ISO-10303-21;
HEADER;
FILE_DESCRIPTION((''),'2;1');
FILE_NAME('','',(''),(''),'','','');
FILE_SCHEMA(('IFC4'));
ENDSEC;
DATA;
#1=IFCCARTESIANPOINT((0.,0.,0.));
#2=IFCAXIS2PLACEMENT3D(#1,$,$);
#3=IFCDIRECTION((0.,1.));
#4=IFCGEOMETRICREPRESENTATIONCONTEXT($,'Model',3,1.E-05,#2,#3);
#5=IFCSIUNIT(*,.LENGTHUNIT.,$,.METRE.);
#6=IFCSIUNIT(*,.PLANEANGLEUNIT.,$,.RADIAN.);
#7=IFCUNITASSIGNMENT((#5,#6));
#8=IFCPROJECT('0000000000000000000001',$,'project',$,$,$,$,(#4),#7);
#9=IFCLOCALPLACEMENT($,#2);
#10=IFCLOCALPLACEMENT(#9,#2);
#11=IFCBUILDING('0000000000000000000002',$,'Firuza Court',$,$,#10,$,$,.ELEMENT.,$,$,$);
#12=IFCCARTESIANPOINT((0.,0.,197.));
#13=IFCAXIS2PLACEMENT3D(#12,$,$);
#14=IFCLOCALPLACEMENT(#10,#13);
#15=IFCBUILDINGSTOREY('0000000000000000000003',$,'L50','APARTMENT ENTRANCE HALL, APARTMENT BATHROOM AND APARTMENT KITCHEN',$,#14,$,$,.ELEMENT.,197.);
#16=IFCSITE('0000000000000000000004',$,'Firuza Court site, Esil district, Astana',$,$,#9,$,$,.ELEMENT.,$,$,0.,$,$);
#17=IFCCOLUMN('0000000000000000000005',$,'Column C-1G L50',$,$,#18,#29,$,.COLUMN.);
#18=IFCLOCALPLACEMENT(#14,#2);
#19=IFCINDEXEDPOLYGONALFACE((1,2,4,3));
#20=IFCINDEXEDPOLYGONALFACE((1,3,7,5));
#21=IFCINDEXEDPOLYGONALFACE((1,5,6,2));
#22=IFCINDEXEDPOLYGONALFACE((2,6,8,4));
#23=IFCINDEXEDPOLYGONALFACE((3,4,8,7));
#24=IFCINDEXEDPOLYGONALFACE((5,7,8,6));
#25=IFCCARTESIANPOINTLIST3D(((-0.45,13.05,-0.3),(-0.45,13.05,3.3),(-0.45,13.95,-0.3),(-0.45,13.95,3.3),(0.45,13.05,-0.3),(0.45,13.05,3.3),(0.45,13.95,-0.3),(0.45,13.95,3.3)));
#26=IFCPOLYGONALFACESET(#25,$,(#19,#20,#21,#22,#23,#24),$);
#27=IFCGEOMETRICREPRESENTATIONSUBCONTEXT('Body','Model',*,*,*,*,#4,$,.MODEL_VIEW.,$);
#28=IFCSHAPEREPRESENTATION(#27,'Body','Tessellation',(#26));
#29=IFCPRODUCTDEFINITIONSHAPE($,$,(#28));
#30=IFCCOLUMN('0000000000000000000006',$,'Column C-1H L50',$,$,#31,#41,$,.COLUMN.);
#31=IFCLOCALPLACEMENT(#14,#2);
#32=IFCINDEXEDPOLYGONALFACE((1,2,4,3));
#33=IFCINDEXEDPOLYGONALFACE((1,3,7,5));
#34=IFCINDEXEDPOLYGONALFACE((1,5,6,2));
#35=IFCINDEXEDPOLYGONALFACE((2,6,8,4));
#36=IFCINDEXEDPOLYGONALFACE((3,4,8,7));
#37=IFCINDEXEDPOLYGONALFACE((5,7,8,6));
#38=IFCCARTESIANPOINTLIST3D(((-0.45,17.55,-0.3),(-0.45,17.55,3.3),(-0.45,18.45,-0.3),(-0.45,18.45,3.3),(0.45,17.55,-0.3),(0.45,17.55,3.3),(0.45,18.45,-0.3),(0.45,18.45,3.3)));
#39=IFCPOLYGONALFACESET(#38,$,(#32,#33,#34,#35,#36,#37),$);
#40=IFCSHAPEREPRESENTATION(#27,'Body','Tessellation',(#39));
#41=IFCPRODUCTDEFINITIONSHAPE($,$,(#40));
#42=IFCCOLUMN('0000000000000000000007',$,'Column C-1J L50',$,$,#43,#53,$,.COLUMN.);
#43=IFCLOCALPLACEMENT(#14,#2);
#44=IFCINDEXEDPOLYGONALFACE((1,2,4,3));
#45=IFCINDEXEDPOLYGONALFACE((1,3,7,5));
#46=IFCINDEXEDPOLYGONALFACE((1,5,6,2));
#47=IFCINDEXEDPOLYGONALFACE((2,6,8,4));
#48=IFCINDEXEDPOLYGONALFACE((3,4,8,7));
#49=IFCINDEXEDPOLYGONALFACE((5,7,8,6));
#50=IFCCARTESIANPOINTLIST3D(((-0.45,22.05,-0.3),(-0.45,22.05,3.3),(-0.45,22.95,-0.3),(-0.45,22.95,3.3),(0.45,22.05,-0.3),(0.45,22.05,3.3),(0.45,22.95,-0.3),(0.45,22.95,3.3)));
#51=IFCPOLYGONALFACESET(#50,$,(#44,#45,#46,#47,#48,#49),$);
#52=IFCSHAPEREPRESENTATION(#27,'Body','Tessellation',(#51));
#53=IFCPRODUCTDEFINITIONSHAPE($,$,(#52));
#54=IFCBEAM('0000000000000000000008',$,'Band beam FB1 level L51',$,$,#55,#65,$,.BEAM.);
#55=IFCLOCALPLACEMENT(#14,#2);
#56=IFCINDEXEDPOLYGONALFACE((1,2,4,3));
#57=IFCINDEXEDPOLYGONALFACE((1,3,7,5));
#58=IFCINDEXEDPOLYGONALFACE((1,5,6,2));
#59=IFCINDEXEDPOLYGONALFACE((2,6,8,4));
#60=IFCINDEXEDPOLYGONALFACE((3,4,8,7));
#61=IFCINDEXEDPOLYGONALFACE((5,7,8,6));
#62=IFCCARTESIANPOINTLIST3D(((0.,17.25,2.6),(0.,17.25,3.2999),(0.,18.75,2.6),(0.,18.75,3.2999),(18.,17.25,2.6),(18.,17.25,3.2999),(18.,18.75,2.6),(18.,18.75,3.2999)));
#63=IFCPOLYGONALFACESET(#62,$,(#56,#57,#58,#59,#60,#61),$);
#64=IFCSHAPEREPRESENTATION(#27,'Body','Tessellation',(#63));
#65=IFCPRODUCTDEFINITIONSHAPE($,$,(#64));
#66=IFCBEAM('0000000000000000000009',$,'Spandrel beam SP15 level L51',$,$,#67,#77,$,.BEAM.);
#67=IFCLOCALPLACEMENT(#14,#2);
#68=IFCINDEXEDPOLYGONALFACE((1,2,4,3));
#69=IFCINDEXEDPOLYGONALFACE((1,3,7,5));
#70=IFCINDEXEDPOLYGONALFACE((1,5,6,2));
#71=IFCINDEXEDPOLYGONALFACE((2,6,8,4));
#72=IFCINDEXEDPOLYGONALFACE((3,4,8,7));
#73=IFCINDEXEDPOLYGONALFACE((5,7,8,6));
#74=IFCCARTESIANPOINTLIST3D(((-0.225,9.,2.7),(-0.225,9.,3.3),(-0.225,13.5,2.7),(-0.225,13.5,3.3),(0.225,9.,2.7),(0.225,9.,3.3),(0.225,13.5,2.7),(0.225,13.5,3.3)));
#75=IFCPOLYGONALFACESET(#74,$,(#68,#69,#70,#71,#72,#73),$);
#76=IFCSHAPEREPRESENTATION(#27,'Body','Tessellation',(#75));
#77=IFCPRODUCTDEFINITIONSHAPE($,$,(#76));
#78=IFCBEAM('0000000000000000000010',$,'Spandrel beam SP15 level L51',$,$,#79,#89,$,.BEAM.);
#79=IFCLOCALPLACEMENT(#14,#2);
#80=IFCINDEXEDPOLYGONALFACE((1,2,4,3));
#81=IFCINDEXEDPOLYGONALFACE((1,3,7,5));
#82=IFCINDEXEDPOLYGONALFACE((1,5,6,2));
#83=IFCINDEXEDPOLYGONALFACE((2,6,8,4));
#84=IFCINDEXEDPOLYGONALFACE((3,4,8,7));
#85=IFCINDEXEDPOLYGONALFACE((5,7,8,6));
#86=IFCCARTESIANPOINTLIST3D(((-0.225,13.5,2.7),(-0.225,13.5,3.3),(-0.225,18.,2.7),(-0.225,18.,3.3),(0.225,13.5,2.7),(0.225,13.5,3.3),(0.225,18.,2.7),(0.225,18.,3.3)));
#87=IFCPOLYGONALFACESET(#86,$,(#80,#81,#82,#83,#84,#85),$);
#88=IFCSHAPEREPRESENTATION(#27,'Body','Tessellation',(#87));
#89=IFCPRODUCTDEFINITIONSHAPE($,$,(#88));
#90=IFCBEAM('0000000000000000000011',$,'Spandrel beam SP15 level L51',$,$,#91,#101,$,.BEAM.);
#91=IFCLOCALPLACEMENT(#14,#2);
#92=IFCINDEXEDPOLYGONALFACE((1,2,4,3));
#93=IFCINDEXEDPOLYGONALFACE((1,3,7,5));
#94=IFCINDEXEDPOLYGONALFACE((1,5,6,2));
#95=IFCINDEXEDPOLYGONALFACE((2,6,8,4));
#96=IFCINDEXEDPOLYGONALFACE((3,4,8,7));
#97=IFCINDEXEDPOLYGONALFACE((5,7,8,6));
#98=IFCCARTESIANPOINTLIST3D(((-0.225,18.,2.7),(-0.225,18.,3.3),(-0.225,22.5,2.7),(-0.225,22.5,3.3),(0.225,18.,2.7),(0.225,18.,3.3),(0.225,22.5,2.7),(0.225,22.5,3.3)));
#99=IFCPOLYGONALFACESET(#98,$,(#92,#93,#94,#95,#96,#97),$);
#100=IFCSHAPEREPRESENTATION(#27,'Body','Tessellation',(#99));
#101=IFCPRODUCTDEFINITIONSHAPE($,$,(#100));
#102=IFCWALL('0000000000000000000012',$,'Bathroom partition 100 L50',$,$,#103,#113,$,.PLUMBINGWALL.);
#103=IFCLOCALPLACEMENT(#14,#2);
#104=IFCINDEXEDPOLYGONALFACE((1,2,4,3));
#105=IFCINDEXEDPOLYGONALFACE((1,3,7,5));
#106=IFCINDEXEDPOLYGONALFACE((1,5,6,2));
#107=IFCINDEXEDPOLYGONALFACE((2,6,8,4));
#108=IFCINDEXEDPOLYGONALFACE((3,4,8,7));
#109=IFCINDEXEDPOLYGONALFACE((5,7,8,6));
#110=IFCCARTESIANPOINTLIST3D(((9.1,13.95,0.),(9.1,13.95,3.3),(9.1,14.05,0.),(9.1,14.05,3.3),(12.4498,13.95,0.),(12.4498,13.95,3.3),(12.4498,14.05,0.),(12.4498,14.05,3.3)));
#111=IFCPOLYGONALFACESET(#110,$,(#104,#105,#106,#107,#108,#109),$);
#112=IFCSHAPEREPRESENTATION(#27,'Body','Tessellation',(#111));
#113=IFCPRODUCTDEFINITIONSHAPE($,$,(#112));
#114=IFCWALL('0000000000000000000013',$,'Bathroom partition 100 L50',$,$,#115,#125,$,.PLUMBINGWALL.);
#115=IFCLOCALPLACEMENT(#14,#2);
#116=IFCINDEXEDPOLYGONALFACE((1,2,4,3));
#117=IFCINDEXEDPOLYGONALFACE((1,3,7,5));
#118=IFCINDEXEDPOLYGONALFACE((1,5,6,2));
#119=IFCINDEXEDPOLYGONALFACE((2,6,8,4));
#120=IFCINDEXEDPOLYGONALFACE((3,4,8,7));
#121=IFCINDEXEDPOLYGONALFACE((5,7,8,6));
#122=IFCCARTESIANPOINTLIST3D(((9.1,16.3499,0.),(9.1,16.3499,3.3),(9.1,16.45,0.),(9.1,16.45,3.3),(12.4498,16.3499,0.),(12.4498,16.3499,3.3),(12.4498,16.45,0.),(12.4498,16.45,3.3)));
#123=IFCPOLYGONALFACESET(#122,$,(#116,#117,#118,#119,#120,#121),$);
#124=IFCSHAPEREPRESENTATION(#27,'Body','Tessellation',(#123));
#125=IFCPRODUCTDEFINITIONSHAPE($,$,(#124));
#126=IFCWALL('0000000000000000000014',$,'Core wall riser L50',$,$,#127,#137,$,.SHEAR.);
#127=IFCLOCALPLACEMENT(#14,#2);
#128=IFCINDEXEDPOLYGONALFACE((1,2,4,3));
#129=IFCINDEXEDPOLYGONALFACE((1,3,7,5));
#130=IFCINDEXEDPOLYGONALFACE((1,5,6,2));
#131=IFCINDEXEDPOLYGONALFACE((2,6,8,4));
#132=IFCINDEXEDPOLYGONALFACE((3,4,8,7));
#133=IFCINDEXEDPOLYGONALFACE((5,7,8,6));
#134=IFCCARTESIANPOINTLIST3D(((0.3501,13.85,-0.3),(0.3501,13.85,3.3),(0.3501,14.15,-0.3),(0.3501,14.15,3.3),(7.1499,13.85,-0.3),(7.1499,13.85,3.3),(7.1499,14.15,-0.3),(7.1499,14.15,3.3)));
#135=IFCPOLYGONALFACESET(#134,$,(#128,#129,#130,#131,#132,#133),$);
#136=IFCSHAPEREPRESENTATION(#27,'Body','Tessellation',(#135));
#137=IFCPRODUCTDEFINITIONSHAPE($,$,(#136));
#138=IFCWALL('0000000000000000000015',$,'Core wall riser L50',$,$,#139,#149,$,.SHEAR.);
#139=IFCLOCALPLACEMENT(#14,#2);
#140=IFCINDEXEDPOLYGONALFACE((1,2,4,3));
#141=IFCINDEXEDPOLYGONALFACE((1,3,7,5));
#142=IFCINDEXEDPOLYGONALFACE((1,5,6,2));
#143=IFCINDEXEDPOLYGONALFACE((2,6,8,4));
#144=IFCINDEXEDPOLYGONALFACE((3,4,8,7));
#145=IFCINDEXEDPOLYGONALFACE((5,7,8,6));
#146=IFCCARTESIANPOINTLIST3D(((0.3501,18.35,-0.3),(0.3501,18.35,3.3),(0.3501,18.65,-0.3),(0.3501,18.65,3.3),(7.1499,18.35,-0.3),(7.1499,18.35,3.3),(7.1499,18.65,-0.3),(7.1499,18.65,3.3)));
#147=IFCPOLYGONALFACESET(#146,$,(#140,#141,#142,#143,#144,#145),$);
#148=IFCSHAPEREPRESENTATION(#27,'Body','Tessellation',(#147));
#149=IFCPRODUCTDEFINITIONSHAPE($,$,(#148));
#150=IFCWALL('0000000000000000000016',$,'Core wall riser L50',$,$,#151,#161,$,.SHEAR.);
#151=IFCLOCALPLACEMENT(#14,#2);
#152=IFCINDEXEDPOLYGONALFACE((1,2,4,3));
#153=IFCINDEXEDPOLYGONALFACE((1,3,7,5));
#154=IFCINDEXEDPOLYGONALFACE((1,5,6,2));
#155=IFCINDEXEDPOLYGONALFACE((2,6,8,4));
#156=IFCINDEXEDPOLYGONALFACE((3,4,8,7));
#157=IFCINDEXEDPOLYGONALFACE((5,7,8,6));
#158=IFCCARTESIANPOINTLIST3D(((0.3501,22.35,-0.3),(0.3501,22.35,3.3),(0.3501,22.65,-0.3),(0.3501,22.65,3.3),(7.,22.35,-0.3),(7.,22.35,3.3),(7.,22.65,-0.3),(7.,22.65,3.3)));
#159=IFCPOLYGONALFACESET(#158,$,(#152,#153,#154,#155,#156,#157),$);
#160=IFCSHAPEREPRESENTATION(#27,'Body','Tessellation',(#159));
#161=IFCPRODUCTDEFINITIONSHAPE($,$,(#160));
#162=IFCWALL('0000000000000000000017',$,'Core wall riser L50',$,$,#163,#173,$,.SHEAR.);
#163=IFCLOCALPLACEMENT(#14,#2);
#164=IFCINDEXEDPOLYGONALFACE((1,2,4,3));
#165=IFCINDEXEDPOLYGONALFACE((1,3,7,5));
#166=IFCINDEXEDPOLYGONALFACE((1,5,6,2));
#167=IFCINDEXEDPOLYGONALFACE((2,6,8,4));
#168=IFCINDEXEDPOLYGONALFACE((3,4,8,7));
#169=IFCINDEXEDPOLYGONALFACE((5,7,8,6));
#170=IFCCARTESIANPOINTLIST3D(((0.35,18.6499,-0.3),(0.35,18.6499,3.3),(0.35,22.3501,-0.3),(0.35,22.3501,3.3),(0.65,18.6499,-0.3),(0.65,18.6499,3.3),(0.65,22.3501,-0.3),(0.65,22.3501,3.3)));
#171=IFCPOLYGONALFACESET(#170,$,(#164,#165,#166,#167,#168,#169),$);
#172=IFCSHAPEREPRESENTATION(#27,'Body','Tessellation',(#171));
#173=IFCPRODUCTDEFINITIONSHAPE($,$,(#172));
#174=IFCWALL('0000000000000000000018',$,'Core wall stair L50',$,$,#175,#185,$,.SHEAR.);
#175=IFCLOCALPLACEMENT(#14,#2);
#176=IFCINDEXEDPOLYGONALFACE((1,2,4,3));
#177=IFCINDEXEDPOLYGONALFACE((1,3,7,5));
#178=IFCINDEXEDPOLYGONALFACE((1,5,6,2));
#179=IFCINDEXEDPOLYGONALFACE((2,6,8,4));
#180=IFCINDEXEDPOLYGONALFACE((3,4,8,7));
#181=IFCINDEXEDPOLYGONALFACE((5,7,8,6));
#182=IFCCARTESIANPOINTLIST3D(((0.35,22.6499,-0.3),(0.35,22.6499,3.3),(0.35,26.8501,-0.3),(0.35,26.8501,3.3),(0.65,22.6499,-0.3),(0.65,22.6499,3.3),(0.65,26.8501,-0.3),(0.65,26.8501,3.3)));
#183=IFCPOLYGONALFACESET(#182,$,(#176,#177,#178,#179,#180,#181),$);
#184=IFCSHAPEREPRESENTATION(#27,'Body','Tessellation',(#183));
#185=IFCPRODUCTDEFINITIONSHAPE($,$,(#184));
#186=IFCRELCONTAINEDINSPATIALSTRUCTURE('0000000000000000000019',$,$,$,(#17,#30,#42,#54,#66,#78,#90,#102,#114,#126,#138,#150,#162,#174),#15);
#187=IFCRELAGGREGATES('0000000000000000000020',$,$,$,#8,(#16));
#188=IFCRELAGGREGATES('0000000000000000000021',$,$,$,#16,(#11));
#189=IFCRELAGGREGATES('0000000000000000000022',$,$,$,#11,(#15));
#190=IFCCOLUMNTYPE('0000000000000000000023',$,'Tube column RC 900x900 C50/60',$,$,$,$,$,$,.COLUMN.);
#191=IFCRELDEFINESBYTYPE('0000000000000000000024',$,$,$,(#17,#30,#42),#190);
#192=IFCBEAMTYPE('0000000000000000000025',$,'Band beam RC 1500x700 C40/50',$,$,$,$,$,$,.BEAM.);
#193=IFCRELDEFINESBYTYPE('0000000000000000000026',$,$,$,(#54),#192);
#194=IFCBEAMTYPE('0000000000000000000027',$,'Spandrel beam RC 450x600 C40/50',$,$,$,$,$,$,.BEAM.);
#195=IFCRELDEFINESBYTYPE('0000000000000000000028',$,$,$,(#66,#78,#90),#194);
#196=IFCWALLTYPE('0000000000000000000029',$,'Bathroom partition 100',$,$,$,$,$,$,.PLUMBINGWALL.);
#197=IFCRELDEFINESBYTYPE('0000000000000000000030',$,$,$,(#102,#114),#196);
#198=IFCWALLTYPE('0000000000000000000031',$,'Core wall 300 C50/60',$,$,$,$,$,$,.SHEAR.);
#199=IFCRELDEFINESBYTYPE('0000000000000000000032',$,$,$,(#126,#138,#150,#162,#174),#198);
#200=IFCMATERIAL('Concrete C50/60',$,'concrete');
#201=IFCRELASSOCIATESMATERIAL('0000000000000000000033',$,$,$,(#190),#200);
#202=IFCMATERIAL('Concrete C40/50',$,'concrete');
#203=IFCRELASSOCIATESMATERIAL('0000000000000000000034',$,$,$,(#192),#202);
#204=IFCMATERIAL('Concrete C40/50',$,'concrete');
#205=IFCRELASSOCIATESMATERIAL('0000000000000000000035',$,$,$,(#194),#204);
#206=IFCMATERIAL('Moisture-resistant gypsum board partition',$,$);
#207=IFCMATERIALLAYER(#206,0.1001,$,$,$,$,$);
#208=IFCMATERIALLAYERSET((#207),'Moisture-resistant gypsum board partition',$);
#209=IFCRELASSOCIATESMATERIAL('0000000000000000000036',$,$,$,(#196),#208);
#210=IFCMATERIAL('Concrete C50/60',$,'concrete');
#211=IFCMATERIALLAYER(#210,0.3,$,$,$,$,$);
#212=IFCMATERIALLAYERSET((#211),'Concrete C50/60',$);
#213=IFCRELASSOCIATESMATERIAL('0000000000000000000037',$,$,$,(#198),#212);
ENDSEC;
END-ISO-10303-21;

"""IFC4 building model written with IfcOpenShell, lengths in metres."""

from ifc_helpers import new_model, si_unit, direction, frame, frame_2d, origin, origin_2d, place, context, subcontext, project, spatial, rectangle, extrude, material, layer, layer_set, material_profile, profile_set, type_object, element, save


model = new_model("IFC4")

# Units and contexts
model_context = context("Model", 3, precision=1e-05, world=origin(), true_north=direction((0.0, 1.0)))
body_context = subcontext(model_context, "Body", "Model", "MODEL_VIEW")
ifc_project = project(units=[si_unit("LENGTHUNIT", "METRE"), si_unit("PLANEANGLEUNIT", "RADIAN")], contexts=[model_context])

# Site, building, storey
site_placement = place(None, origin())
site = spatial("IfcSite", under=ifc_project, at=site_placement, Name="Firuza Court site, Esil district, Astana", CompositionType="ELEMENT", RefElevation=0.0)
building_placement = place(site_placement, origin())
building = spatial("IfcBuilding", under=site, at=building_placement, Name="Firuza Court", CompositionType="ELEMENT")
storey_placement = place(building_placement, frame((0.0, 0.0, 197.0)))
storey = spatial("IfcBuildingStorey", under=building, at=storey_placement, Name="L50", Description="APARTMENT ENTRANCE HALL, APARTMENT BATHROOM AND APARTMENT KITCHEN", CompositionType="ELEMENT", Elevation=197.0)

# Columns
ifc_material_1 = material(Name="Concrete C50/60", Category="concrete")
ifc_material_profile_1 = material_profile(ifc_material_1, rectangle(XDim=0.8999, YDim=0.8999, at=origin_2d()), Name="RC 900x900")
ifc_profile_set_1 = profile_set([ifc_material_profile_1], Name="Concrete C50/60")
column_type = type_object("IfcColumnType", Name="Tube column RC 900x900 C50/60", PredefinedType="COLUMN", material=ifc_profile_set_1)
for number, where, z_axis, x_axis, name in (
    (1, (0.0, 13.5, -0.3), (0.0, 0.0, 1.0), (1.0, 0.0, 0.0), "Column C-1G L50"),
    (2, (0.0, 18.0, -0.3), (0.0, 0.0, 1.0), (1.0, 0.0, 0.0), "Column C-1H L50"),
    (3, (0.0, 22.5, -0.3), (0.0, 0.0, 1.0), (1.0, 0.0, 0.0), "Column C-1J L50"),
):
    element("IfcColumn", number, at=place(storey_placement, frame(where, z_axis=z_axis, x_axis=x_axis)), inside=storey, type_object=column_type, Name=name, PredefinedType="COLUMN", context=body_context, shape_type="SweptSolid", body=[
        extrude(rectangle(XDim=0.8999, YDim=0.8999, at=origin_2d()), origin(), (0.0, 0.0, 1.0), 3.6001),
    ])

# Beams
ifc_material_2 = material(Name="Concrete C40/50", Category="concrete")
ifc_material_profile_2 = material_profile(ifc_material_2, rectangle(XDim=1.5, YDim=0.7, at=origin_2d()), Name="RC 1500x700")
ifc_profile_set_2 = profile_set([ifc_material_profile_2], Name="Concrete C40/50")
beam_type_1 = type_object("IfcBeamType", Name="Band beam RC 1500x700 C40/50", PredefinedType="BEAM", material=ifc_profile_set_2)
beam_placement = place(storey_placement, frame((0.0, 18.0, 2.95), z_axis=(1.0, 0.0, 0.0), x_axis=(0.0, 1.0, 0.0)))
element("IfcBeam", 4, at=beam_placement, inside=storey, type_object=beam_type_1, Name="Band beam FB1 level L51", PredefinedType="BEAM", context=body_context, shape_type="SweptSolid", body=[
    extrude(rectangle(XDim=1.5, YDim=0.7, at=origin_2d()), origin(), (0.0, 0.0, 1.0), 18.0),
])
ifc_material_3 = material(Name="Concrete C40/50", Category="concrete")
ifc_material_profile_3 = material_profile(ifc_material_3, rectangle(XDim=0.45, YDim=0.6001, at=origin_2d()), Name="RC 450x600")
ifc_profile_set_3 = profile_set([ifc_material_profile_3], Name="Concrete C40/50")
beam_type_2 = type_object("IfcBeamType", Name="Spandrel beam RC 450x600 C40/50", PredefinedType="BEAM", material=ifc_profile_set_3)
for number, where, z_axis, x_axis, name in (
    (5, (0.0, 13.5, 3.0), (0.0, -1.0, 0.0), (1.0, 0.0, 0.0), "Spandrel beam SP15 level L51"),
    (6, (0.0, 18.0, 3.0), (0.0, -1.0, 0.0), (1.0, 0.0, 0.0), "Spandrel beam SP15 level L51"),
    (7, (0.0, 22.5, 3.0), (0.0, -1.0, 0.0), (1.0, 0.0, 0.0), "Spandrel beam SP15 level L51"),
):
    element("IfcBeam", number, at=place(storey_placement, frame(where, z_axis=z_axis, x_axis=x_axis)), inside=storey, type_object=beam_type_2, Name=name, PredefinedType="BEAM", context=body_context, shape_type="SweptSolid", body=[
        extrude(rectangle(XDim=0.45, YDim=0.6001, at=origin_2d()), origin(), (0.0, 0.0, 1.0), 4.5),
    ])

# Walls
ifc_material_4 = material(Name="Moisture-resistant gypsum board partition")
ifc_layer_1 = layer(ifc_material_4, 0.1001)
ifc_layer_set_1 = layer_set([ifc_layer_1], Name="Moisture-resistant gypsum board partition")
wall_type_1 = type_object("IfcWallType", Name="Bathroom partition 100", PredefinedType="PLUMBINGWALL", material=ifc_layer_set_1)
for number, where, z_axis, x_axis, name in (
    (8, (9.1001, 14.0, 0.0), (0.0, 0.0, 1.0), (1.0, 0.0, 0.0), "Bathroom partition 100 L50"),
    (9, (9.1001, 16.3999, 0.0), (0.0, 0.0, 1.0), (1.0, 0.0, 0.0), "Bathroom partition 100 L50"),
):
    element("IfcWall", number, at=place(storey_placement, frame(where, z_axis=z_axis, x_axis=x_axis)), inside=storey, type_object=wall_type_1, Name=name, PredefinedType="PLUMBINGWALL", context=body_context, shape_type="SweptSolid", body=[
        extrude(rectangle(XDim=3.3499, YDim=0.1001, at=frame_2d((1.6748, 0.0))), origin(), (0.0, 0.0, 1.0), 3.3),
    ])
ifc_material_5 = material(Name="Concrete C50/60", Category="concrete")
ifc_layer_2 = layer(ifc_material_5, 0.3)
ifc_layer_set_2 = layer_set([ifc_layer_2], Name="Concrete C50/60")
wall_type_2 = type_object("IfcWallType", Name="Core wall 300 C50/60", PredefinedType="SHEAR", material=ifc_layer_set_2)
for number, where, z_axis, x_axis, name in (
    (10, (0.3501, 14.0, -0.3), (0.0, 0.0, 1.0), (1.0, 0.0, 0.0), "Core wall riser L50"),
    (11, (0.3501, 18.5, -0.3), (0.0, 0.0, 1.0), (1.0, 0.0, 0.0), "Core wall riser L50"),
):
    element("IfcWall", number, at=place(storey_placement, frame(where, z_axis=z_axis, x_axis=x_axis)), inside=storey, type_object=wall_type_2, Name=name, PredefinedType="SHEAR", context=body_context, shape_type="SweptSolid", body=[
        extrude(rectangle(XDim=6.7998, YDim=0.3, at=frame_2d((3.3999, 0.0))), origin(), (0.0, 0.0, 1.0), 3.6001),
    ])
wall_1_placement = place(storey_placement, frame((0.3501, 22.5, -0.3), z_axis=(0.0, 0.0, 1.0), x_axis=(1.0, 0.0, 0.0)))
element("IfcWall", 12, at=wall_1_placement, inside=storey, type_object=wall_type_2, Name="Core wall riser L50", PredefinedType="SHEAR", context=body_context, shape_type="SweptSolid", body=[
    extrude(rectangle(XDim=6.6499, YDim=0.3, at=frame_2d((3.325, 0.0))), origin(), (0.0, 0.0, 1.0), 3.6001),
])
wall_2_placement = place(storey_placement, frame((0.5, 18.6499, -0.3), z_axis=(0.0, 0.0, 1.0), x_axis=(0.0, 1.0, 0.0)))
element("IfcWall", 13, at=wall_2_placement, inside=storey, type_object=wall_type_2, Name="Core wall riser L50", PredefinedType="SHEAR", context=body_context, shape_type="SweptSolid", body=[
    extrude(rectangle(XDim=3.7002, YDim=0.3, at=frame_2d((1.8501, 0.0))), origin(), (0.0, 0.0, 1.0), 3.6001),
])
wall_3_placement = place(storey_placement, frame((0.5, 22.6499, -0.3), z_axis=(0.0, 0.0, 1.0), x_axis=(0.0, 1.0, 0.0)))
element("IfcWall", 14, at=wall_3_placement, inside=storey, type_object=wall_type_2, Name="Core wall stair L50", PredefinedType="SHEAR", context=body_context, shape_type="SweptSolid", body=[
    extrude(rectangle(XDim=4.2002, YDim=0.3, at=frame_2d((2.1001, 0.0))), origin(), (0.0, 0.0, 1.0), 3.6001),
])

save(model, "model.ifc")
